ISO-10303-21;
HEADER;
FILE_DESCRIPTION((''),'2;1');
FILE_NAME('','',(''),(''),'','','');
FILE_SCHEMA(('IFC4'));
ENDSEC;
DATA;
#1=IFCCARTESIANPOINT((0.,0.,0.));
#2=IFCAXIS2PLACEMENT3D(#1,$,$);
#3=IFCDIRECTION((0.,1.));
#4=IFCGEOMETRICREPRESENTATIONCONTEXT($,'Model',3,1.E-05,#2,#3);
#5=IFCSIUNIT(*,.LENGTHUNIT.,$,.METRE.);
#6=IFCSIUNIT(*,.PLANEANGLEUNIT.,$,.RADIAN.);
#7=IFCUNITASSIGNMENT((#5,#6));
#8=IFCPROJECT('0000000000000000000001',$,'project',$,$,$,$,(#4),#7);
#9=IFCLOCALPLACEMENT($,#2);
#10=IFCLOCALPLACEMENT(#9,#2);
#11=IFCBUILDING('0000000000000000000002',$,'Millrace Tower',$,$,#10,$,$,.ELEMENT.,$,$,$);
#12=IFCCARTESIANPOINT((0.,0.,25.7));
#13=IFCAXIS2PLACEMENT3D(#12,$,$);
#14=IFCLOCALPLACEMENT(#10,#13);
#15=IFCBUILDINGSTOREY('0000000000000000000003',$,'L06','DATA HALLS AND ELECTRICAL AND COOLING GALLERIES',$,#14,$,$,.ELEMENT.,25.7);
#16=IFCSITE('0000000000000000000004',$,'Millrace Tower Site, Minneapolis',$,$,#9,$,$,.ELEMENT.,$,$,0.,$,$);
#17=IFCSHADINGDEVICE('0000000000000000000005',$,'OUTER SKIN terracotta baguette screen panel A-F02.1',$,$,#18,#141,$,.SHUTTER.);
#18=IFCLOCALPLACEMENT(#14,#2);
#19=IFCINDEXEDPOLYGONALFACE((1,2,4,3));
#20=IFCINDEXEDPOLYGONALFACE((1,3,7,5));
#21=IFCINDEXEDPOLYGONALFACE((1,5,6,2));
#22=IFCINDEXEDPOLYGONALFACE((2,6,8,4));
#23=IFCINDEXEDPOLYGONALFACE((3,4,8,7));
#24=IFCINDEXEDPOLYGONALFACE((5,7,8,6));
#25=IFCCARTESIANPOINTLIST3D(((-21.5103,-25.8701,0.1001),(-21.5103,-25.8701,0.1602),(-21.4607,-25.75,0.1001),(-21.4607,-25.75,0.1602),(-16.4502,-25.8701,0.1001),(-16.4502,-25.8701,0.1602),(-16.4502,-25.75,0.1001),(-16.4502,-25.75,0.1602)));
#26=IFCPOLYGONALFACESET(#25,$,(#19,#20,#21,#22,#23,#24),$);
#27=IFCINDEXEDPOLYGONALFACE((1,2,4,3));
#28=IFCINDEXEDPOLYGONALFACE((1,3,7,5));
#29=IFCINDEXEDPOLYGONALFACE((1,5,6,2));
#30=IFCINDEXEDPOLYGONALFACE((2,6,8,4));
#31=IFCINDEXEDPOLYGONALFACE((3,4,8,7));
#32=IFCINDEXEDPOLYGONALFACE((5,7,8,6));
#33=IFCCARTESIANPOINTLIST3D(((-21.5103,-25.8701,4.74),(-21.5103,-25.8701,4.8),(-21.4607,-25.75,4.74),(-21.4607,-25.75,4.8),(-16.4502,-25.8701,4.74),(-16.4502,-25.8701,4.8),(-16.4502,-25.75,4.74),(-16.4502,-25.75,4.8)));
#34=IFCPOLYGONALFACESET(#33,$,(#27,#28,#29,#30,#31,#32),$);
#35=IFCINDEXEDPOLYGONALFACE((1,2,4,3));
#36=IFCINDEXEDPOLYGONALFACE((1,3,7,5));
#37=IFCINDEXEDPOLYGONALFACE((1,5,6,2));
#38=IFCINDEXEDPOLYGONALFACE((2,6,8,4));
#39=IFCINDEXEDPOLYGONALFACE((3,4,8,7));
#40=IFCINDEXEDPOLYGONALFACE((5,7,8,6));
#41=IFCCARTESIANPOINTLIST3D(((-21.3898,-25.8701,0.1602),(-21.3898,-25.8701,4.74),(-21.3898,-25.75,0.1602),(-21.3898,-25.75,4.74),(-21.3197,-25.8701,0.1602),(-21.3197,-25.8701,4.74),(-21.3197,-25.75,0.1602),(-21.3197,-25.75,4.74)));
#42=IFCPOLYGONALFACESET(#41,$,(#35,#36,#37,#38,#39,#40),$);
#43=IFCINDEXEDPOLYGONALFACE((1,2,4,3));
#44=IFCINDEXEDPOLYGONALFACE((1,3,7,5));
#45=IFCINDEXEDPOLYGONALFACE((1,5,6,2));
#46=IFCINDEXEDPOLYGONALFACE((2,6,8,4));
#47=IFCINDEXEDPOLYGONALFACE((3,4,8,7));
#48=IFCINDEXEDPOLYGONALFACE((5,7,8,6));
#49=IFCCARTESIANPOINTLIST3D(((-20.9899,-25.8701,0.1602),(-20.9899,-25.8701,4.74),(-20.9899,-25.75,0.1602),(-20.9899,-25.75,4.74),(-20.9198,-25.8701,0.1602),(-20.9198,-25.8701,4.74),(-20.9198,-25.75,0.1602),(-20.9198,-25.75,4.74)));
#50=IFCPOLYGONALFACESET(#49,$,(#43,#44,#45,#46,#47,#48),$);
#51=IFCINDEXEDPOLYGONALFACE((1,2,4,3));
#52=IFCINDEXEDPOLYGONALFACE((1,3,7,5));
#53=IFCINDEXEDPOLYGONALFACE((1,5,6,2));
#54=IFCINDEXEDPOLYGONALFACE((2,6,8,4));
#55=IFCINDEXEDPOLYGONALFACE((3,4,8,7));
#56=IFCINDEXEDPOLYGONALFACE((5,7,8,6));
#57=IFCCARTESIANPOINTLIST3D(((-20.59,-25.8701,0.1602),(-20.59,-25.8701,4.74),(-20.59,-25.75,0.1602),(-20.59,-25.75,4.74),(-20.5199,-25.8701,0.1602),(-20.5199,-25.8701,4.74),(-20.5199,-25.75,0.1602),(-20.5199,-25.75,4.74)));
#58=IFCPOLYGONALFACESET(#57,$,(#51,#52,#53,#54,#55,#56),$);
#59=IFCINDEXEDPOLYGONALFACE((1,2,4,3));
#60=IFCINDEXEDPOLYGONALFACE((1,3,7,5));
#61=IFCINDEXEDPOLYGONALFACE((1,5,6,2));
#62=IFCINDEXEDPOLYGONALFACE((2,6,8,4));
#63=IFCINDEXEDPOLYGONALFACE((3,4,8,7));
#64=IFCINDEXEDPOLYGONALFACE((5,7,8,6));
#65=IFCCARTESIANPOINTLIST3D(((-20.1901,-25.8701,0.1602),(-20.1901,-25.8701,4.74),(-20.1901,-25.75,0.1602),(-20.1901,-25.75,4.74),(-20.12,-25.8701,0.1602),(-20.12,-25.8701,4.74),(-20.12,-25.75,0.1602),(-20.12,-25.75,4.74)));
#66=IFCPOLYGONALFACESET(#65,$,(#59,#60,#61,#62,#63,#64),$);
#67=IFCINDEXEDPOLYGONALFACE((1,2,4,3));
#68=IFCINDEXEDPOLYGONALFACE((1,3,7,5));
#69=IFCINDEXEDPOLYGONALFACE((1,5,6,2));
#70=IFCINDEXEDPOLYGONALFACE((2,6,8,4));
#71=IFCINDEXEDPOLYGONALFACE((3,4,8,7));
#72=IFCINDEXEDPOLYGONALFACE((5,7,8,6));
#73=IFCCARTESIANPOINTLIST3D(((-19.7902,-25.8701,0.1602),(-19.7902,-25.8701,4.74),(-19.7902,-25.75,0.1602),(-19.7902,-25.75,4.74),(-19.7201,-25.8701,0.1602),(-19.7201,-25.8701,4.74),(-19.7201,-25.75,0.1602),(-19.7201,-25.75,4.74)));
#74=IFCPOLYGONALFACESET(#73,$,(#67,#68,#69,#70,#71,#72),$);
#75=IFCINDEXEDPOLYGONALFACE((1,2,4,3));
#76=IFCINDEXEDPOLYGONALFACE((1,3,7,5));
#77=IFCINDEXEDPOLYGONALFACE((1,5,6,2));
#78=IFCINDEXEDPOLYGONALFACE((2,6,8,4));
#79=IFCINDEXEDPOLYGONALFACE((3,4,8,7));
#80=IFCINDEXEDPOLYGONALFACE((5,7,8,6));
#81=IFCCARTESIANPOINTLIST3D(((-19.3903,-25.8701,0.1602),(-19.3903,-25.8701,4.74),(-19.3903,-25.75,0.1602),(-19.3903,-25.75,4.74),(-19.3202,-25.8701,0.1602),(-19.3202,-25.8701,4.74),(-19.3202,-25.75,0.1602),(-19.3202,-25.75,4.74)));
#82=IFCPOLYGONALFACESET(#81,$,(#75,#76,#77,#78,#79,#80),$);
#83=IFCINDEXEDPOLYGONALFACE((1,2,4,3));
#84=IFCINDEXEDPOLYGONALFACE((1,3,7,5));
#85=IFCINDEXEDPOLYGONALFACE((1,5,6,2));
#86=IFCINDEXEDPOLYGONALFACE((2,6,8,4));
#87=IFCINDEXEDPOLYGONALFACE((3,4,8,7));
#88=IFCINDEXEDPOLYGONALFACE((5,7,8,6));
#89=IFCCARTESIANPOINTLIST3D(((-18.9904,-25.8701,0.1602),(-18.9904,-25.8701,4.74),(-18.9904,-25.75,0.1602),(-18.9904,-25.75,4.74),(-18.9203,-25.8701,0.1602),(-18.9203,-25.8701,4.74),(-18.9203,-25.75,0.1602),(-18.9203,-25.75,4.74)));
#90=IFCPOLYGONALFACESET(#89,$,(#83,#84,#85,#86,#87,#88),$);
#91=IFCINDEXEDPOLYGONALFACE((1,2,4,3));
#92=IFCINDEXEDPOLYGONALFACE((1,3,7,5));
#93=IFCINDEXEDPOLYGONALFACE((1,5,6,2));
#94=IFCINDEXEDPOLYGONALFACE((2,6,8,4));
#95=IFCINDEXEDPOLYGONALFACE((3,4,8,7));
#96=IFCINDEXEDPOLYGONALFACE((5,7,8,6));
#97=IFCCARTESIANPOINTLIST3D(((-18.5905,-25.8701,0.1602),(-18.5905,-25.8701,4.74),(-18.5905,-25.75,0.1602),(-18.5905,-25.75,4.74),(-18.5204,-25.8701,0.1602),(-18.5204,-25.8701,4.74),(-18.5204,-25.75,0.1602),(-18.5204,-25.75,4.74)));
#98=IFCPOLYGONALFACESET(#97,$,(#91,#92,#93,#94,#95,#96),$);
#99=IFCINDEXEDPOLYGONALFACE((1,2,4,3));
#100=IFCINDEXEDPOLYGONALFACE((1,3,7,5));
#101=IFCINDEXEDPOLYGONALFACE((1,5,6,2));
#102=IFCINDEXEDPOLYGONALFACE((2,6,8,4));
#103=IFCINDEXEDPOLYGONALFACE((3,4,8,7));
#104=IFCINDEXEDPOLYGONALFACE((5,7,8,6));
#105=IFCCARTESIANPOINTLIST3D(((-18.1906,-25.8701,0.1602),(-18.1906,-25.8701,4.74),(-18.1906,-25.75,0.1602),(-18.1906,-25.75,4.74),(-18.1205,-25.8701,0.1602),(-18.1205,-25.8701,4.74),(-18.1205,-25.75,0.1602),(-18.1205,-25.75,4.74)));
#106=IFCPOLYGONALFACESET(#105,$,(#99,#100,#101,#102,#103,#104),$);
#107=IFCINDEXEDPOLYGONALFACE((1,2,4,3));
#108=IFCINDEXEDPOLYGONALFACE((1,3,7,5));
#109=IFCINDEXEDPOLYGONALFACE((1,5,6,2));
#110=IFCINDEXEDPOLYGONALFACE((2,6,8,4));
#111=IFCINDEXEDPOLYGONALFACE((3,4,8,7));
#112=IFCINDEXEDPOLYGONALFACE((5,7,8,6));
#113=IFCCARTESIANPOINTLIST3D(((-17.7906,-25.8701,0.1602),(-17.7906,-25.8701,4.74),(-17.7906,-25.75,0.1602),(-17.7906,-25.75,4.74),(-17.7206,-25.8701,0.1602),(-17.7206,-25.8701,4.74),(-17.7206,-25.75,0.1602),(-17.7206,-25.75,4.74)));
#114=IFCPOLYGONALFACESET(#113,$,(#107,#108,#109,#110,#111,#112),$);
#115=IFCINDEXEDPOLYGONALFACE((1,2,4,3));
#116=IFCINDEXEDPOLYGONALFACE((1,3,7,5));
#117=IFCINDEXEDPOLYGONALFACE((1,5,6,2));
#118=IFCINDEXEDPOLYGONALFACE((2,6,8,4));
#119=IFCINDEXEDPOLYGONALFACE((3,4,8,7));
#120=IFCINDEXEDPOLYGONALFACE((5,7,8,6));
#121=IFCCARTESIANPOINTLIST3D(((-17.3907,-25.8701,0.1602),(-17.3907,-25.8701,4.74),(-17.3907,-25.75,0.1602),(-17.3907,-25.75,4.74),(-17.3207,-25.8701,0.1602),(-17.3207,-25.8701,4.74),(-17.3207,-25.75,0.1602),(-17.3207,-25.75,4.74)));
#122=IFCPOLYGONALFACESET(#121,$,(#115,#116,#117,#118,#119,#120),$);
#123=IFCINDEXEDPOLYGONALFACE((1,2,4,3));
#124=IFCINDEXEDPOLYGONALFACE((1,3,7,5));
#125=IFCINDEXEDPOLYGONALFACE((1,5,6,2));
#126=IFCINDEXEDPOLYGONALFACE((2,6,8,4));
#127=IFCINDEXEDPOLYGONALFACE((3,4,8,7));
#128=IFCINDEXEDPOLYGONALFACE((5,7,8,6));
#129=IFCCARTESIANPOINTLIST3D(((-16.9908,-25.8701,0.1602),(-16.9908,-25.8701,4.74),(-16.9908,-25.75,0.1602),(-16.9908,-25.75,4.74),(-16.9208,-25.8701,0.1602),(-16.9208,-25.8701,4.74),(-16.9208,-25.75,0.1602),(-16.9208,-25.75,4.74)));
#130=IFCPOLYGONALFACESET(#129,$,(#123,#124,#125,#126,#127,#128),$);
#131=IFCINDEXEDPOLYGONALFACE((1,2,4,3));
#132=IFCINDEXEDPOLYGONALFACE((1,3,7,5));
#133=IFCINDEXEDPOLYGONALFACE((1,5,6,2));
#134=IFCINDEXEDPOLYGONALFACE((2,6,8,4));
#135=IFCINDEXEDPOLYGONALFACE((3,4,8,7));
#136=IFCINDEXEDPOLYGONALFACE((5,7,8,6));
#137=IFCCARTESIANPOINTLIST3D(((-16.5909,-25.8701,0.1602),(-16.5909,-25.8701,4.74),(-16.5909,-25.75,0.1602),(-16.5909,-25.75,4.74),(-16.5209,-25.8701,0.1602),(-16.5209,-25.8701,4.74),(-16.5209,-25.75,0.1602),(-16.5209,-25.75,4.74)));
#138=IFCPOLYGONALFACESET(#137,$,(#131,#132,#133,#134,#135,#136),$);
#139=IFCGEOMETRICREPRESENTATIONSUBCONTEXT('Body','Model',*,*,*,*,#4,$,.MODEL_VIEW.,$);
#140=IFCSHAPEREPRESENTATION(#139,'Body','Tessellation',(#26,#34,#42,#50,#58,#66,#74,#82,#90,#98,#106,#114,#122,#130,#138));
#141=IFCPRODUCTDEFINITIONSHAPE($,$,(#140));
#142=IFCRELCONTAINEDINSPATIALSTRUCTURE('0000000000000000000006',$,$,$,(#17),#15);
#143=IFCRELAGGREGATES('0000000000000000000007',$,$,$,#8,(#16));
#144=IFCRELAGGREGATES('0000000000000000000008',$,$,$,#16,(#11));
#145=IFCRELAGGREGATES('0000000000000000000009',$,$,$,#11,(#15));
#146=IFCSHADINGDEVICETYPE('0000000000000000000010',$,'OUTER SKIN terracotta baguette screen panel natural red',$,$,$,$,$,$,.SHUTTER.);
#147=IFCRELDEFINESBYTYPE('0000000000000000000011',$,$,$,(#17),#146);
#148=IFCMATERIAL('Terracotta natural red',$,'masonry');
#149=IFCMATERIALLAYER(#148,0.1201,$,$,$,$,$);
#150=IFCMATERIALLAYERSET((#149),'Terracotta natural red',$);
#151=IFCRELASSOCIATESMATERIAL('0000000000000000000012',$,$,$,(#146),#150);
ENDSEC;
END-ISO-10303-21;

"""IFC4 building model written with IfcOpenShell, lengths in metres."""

from ifc_helpers import new_model, entity, si_unit, direction, frame, frame_2d, origin, place, context, subcontext, project, spatial, rectangle, extrude, source, transform, mapped, material, layer, layer_set, type_object, element, save


model = new_model("IFC4")

# Units and contexts
model_context = context("Model", 3, precision=1e-05, world=origin(), true_north=direction((0.0, 1.0)))
body_context = subcontext(model_context, "Body", "Model", "MODEL_VIEW")
ifc_project = project(units=[si_unit("LENGTHUNIT", "METRE"), si_unit("PLANEANGLEUNIT", "RADIAN")], contexts=[model_context])

# Site, building, storey
site_placement = place(None, origin())
site = spatial("IfcSite", under=ifc_project, at=site_placement, Name="Millrace Tower Site, Minneapolis", CompositionType="ELEMENT", RefElevation=0.0)
building_placement = place(site_placement, origin())
building = spatial("IfcBuilding", under=site, at=building_placement, Name="Millrace Tower", CompositionType="ELEMENT")
storey_placement = place(building_placement, frame((0.0, 0.0, 25.7)))
storey = spatial("IfcBuildingStorey", under=building, at=storey_placement, Name="L06", Description="DATA HALLS AND ELECTRICAL AND COOLING GALLERIES", CompositionType="ELEMENT", Elevation=25.7)

# Shading device
ifc_material_1 = material(Name="Terracotta natural red", Category="masonry")
ifc_layer_1 = layer(ifc_material_1, 0.1201)
ifc_layer_set_1 = layer_set([ifc_layer_1], Name="Terracotta natural red")
shading_device_type_1 = type_object("IfcShadingDeviceType", Name="OUTER SKIN terracotta baguette screen panel natural red", PredefinedType="SHUTTER", material=ifc_layer_set_1)
cartesian_point_1 = entity("IfcCartesianPoint", [-2.4929, 0.0601])
shared_polyline_1 = entity("IfcPolyline", [cartesian_point_1, entity("IfcCartesianPoint", [2.5176, 0.0601]), entity("IfcCartesianPoint", [2.5176, -0.0601]), entity("IfcCartesianPoint", [-2.5425, -0.0601]), cartesian_point_1])
shared_shape_1 = source(origin(), body_context, "Body", "SweptSolid", [
    entity("IfcExtrudedAreaSolid", entity("IfcArbitraryClosedProfileDef", "AREA", None, shared_polyline_1), entity("IfcAxis2Placement3D", entity("IfcCartesianPoint", [0.0, 0.0, 0.0])), entity("IfcDirection", [0.0, 0.0, 1.0]), 0.0601),
    entity("IfcExtrudedAreaSolid", entity("IfcArbitraryClosedProfileDef", "AREA", None, shared_polyline_1), entity("IfcAxis2Placement3D", entity("IfcCartesianPoint", [0.0, 0.0, 4.6399])), entity("IfcDirection", [0.0, 0.0, 1.0]), 0.0601),
    extrude(rectangle(XDim=0.0701, YDim=0.1201, at=frame_2d((-2.387, 0.0))), frame((0.0, 0.0, 0.0601)), (0.0, 0.0, 1.0), 4.5798),
    extrude(rectangle(XDim=0.0701, YDim=0.1201, at=frame_2d((-1.9871, 0.0))), frame((0.0, 0.0, 0.0601)), (0.0, 0.0, 1.0), 4.5798),
    extrude(rectangle(XDim=0.0701, YDim=0.1201, at=frame_2d((-1.5872, 0.0))), frame((0.0, 0.0, 0.0601)), (0.0, 0.0, 1.0), 4.5798),
    extrude(rectangle(XDim=0.0701, YDim=0.1201, at=frame_2d((-1.1873, 0.0))), frame((0.0, 0.0, 0.0601)), (0.0, 0.0, 1.0), 4.5798),
    extrude(rectangle(XDim=0.0701, YDim=0.1201, at=frame_2d((-0.7874, 0.0))), frame((0.0, 0.0, 0.0601)), (0.0, 0.0, 1.0), 4.5798),
    extrude(rectangle(XDim=0.0701, YDim=0.1201, at=frame_2d((-0.3875, 0.0))), frame((0.0, 0.0, 0.0601)), (0.0, 0.0, 1.0), 4.5798),
    extrude(rectangle(XDim=0.0701, YDim=0.1201, at=frame_2d((0.0125, 0.0))), frame((0.0, 0.0, 0.0601)), (0.0, 0.0, 1.0), 4.5798),
    extrude(rectangle(XDim=0.0701, YDim=0.1201, at=frame_2d((0.4124, 0.0))), frame((0.0, 0.0, 0.0601)), (0.0, 0.0, 1.0), 4.5798),
    extrude(rectangle(XDim=0.0701, YDim=0.1201, at=frame_2d((0.8123, 0.0))), frame((0.0, 0.0, 0.0601)), (0.0, 0.0, 1.0), 4.5798),
    extrude(rectangle(XDim=0.0701, YDim=0.1201, at=frame_2d((1.2122, 0.0))), frame((0.0, 0.0, 0.0601)), (0.0, 0.0, 1.0), 4.5798),
    extrude(rectangle(XDim=0.0701, YDim=0.1201, at=frame_2d((1.6121, 0.0))), frame((0.0, 0.0, 0.0601)), (0.0, 0.0, 1.0), 4.5798),
    extrude(rectangle(XDim=0.0701, YDim=0.1201, at=frame_2d((2.012, 0.0))), frame((0.0, 0.0, 0.0601)), (0.0, 0.0, 1.0), 4.5798),
    extrude(rectangle(XDim=0.0701, YDim=0.1201, at=frame_2d((2.4119, 0.0))), frame((0.0, 0.0, 0.0601)), (0.0, 0.0, 1.0), 4.5798),
])
shading_device_1_placement = place(storey_placement, frame((-18.9678, -25.8101, 0.1001), z_axis=(0.0, 0.0, 1.0), x_axis=(1.0, 0.0, 0.0)))
element("IfcShadingDevice", 1, at=shading_device_1_placement, inside=storey, type_object=shading_device_type_1, Name="OUTER SKIN terracotta baguette screen panel A-F02.1", PredefinedType="SHUTTER", context=body_context, shape_type="MappedRepresentation", body=[
    mapped(shared_shape_1, transform((0.0, 0.0, 0.0), scale=1.0)),
])

save(model, "model.ifc")
